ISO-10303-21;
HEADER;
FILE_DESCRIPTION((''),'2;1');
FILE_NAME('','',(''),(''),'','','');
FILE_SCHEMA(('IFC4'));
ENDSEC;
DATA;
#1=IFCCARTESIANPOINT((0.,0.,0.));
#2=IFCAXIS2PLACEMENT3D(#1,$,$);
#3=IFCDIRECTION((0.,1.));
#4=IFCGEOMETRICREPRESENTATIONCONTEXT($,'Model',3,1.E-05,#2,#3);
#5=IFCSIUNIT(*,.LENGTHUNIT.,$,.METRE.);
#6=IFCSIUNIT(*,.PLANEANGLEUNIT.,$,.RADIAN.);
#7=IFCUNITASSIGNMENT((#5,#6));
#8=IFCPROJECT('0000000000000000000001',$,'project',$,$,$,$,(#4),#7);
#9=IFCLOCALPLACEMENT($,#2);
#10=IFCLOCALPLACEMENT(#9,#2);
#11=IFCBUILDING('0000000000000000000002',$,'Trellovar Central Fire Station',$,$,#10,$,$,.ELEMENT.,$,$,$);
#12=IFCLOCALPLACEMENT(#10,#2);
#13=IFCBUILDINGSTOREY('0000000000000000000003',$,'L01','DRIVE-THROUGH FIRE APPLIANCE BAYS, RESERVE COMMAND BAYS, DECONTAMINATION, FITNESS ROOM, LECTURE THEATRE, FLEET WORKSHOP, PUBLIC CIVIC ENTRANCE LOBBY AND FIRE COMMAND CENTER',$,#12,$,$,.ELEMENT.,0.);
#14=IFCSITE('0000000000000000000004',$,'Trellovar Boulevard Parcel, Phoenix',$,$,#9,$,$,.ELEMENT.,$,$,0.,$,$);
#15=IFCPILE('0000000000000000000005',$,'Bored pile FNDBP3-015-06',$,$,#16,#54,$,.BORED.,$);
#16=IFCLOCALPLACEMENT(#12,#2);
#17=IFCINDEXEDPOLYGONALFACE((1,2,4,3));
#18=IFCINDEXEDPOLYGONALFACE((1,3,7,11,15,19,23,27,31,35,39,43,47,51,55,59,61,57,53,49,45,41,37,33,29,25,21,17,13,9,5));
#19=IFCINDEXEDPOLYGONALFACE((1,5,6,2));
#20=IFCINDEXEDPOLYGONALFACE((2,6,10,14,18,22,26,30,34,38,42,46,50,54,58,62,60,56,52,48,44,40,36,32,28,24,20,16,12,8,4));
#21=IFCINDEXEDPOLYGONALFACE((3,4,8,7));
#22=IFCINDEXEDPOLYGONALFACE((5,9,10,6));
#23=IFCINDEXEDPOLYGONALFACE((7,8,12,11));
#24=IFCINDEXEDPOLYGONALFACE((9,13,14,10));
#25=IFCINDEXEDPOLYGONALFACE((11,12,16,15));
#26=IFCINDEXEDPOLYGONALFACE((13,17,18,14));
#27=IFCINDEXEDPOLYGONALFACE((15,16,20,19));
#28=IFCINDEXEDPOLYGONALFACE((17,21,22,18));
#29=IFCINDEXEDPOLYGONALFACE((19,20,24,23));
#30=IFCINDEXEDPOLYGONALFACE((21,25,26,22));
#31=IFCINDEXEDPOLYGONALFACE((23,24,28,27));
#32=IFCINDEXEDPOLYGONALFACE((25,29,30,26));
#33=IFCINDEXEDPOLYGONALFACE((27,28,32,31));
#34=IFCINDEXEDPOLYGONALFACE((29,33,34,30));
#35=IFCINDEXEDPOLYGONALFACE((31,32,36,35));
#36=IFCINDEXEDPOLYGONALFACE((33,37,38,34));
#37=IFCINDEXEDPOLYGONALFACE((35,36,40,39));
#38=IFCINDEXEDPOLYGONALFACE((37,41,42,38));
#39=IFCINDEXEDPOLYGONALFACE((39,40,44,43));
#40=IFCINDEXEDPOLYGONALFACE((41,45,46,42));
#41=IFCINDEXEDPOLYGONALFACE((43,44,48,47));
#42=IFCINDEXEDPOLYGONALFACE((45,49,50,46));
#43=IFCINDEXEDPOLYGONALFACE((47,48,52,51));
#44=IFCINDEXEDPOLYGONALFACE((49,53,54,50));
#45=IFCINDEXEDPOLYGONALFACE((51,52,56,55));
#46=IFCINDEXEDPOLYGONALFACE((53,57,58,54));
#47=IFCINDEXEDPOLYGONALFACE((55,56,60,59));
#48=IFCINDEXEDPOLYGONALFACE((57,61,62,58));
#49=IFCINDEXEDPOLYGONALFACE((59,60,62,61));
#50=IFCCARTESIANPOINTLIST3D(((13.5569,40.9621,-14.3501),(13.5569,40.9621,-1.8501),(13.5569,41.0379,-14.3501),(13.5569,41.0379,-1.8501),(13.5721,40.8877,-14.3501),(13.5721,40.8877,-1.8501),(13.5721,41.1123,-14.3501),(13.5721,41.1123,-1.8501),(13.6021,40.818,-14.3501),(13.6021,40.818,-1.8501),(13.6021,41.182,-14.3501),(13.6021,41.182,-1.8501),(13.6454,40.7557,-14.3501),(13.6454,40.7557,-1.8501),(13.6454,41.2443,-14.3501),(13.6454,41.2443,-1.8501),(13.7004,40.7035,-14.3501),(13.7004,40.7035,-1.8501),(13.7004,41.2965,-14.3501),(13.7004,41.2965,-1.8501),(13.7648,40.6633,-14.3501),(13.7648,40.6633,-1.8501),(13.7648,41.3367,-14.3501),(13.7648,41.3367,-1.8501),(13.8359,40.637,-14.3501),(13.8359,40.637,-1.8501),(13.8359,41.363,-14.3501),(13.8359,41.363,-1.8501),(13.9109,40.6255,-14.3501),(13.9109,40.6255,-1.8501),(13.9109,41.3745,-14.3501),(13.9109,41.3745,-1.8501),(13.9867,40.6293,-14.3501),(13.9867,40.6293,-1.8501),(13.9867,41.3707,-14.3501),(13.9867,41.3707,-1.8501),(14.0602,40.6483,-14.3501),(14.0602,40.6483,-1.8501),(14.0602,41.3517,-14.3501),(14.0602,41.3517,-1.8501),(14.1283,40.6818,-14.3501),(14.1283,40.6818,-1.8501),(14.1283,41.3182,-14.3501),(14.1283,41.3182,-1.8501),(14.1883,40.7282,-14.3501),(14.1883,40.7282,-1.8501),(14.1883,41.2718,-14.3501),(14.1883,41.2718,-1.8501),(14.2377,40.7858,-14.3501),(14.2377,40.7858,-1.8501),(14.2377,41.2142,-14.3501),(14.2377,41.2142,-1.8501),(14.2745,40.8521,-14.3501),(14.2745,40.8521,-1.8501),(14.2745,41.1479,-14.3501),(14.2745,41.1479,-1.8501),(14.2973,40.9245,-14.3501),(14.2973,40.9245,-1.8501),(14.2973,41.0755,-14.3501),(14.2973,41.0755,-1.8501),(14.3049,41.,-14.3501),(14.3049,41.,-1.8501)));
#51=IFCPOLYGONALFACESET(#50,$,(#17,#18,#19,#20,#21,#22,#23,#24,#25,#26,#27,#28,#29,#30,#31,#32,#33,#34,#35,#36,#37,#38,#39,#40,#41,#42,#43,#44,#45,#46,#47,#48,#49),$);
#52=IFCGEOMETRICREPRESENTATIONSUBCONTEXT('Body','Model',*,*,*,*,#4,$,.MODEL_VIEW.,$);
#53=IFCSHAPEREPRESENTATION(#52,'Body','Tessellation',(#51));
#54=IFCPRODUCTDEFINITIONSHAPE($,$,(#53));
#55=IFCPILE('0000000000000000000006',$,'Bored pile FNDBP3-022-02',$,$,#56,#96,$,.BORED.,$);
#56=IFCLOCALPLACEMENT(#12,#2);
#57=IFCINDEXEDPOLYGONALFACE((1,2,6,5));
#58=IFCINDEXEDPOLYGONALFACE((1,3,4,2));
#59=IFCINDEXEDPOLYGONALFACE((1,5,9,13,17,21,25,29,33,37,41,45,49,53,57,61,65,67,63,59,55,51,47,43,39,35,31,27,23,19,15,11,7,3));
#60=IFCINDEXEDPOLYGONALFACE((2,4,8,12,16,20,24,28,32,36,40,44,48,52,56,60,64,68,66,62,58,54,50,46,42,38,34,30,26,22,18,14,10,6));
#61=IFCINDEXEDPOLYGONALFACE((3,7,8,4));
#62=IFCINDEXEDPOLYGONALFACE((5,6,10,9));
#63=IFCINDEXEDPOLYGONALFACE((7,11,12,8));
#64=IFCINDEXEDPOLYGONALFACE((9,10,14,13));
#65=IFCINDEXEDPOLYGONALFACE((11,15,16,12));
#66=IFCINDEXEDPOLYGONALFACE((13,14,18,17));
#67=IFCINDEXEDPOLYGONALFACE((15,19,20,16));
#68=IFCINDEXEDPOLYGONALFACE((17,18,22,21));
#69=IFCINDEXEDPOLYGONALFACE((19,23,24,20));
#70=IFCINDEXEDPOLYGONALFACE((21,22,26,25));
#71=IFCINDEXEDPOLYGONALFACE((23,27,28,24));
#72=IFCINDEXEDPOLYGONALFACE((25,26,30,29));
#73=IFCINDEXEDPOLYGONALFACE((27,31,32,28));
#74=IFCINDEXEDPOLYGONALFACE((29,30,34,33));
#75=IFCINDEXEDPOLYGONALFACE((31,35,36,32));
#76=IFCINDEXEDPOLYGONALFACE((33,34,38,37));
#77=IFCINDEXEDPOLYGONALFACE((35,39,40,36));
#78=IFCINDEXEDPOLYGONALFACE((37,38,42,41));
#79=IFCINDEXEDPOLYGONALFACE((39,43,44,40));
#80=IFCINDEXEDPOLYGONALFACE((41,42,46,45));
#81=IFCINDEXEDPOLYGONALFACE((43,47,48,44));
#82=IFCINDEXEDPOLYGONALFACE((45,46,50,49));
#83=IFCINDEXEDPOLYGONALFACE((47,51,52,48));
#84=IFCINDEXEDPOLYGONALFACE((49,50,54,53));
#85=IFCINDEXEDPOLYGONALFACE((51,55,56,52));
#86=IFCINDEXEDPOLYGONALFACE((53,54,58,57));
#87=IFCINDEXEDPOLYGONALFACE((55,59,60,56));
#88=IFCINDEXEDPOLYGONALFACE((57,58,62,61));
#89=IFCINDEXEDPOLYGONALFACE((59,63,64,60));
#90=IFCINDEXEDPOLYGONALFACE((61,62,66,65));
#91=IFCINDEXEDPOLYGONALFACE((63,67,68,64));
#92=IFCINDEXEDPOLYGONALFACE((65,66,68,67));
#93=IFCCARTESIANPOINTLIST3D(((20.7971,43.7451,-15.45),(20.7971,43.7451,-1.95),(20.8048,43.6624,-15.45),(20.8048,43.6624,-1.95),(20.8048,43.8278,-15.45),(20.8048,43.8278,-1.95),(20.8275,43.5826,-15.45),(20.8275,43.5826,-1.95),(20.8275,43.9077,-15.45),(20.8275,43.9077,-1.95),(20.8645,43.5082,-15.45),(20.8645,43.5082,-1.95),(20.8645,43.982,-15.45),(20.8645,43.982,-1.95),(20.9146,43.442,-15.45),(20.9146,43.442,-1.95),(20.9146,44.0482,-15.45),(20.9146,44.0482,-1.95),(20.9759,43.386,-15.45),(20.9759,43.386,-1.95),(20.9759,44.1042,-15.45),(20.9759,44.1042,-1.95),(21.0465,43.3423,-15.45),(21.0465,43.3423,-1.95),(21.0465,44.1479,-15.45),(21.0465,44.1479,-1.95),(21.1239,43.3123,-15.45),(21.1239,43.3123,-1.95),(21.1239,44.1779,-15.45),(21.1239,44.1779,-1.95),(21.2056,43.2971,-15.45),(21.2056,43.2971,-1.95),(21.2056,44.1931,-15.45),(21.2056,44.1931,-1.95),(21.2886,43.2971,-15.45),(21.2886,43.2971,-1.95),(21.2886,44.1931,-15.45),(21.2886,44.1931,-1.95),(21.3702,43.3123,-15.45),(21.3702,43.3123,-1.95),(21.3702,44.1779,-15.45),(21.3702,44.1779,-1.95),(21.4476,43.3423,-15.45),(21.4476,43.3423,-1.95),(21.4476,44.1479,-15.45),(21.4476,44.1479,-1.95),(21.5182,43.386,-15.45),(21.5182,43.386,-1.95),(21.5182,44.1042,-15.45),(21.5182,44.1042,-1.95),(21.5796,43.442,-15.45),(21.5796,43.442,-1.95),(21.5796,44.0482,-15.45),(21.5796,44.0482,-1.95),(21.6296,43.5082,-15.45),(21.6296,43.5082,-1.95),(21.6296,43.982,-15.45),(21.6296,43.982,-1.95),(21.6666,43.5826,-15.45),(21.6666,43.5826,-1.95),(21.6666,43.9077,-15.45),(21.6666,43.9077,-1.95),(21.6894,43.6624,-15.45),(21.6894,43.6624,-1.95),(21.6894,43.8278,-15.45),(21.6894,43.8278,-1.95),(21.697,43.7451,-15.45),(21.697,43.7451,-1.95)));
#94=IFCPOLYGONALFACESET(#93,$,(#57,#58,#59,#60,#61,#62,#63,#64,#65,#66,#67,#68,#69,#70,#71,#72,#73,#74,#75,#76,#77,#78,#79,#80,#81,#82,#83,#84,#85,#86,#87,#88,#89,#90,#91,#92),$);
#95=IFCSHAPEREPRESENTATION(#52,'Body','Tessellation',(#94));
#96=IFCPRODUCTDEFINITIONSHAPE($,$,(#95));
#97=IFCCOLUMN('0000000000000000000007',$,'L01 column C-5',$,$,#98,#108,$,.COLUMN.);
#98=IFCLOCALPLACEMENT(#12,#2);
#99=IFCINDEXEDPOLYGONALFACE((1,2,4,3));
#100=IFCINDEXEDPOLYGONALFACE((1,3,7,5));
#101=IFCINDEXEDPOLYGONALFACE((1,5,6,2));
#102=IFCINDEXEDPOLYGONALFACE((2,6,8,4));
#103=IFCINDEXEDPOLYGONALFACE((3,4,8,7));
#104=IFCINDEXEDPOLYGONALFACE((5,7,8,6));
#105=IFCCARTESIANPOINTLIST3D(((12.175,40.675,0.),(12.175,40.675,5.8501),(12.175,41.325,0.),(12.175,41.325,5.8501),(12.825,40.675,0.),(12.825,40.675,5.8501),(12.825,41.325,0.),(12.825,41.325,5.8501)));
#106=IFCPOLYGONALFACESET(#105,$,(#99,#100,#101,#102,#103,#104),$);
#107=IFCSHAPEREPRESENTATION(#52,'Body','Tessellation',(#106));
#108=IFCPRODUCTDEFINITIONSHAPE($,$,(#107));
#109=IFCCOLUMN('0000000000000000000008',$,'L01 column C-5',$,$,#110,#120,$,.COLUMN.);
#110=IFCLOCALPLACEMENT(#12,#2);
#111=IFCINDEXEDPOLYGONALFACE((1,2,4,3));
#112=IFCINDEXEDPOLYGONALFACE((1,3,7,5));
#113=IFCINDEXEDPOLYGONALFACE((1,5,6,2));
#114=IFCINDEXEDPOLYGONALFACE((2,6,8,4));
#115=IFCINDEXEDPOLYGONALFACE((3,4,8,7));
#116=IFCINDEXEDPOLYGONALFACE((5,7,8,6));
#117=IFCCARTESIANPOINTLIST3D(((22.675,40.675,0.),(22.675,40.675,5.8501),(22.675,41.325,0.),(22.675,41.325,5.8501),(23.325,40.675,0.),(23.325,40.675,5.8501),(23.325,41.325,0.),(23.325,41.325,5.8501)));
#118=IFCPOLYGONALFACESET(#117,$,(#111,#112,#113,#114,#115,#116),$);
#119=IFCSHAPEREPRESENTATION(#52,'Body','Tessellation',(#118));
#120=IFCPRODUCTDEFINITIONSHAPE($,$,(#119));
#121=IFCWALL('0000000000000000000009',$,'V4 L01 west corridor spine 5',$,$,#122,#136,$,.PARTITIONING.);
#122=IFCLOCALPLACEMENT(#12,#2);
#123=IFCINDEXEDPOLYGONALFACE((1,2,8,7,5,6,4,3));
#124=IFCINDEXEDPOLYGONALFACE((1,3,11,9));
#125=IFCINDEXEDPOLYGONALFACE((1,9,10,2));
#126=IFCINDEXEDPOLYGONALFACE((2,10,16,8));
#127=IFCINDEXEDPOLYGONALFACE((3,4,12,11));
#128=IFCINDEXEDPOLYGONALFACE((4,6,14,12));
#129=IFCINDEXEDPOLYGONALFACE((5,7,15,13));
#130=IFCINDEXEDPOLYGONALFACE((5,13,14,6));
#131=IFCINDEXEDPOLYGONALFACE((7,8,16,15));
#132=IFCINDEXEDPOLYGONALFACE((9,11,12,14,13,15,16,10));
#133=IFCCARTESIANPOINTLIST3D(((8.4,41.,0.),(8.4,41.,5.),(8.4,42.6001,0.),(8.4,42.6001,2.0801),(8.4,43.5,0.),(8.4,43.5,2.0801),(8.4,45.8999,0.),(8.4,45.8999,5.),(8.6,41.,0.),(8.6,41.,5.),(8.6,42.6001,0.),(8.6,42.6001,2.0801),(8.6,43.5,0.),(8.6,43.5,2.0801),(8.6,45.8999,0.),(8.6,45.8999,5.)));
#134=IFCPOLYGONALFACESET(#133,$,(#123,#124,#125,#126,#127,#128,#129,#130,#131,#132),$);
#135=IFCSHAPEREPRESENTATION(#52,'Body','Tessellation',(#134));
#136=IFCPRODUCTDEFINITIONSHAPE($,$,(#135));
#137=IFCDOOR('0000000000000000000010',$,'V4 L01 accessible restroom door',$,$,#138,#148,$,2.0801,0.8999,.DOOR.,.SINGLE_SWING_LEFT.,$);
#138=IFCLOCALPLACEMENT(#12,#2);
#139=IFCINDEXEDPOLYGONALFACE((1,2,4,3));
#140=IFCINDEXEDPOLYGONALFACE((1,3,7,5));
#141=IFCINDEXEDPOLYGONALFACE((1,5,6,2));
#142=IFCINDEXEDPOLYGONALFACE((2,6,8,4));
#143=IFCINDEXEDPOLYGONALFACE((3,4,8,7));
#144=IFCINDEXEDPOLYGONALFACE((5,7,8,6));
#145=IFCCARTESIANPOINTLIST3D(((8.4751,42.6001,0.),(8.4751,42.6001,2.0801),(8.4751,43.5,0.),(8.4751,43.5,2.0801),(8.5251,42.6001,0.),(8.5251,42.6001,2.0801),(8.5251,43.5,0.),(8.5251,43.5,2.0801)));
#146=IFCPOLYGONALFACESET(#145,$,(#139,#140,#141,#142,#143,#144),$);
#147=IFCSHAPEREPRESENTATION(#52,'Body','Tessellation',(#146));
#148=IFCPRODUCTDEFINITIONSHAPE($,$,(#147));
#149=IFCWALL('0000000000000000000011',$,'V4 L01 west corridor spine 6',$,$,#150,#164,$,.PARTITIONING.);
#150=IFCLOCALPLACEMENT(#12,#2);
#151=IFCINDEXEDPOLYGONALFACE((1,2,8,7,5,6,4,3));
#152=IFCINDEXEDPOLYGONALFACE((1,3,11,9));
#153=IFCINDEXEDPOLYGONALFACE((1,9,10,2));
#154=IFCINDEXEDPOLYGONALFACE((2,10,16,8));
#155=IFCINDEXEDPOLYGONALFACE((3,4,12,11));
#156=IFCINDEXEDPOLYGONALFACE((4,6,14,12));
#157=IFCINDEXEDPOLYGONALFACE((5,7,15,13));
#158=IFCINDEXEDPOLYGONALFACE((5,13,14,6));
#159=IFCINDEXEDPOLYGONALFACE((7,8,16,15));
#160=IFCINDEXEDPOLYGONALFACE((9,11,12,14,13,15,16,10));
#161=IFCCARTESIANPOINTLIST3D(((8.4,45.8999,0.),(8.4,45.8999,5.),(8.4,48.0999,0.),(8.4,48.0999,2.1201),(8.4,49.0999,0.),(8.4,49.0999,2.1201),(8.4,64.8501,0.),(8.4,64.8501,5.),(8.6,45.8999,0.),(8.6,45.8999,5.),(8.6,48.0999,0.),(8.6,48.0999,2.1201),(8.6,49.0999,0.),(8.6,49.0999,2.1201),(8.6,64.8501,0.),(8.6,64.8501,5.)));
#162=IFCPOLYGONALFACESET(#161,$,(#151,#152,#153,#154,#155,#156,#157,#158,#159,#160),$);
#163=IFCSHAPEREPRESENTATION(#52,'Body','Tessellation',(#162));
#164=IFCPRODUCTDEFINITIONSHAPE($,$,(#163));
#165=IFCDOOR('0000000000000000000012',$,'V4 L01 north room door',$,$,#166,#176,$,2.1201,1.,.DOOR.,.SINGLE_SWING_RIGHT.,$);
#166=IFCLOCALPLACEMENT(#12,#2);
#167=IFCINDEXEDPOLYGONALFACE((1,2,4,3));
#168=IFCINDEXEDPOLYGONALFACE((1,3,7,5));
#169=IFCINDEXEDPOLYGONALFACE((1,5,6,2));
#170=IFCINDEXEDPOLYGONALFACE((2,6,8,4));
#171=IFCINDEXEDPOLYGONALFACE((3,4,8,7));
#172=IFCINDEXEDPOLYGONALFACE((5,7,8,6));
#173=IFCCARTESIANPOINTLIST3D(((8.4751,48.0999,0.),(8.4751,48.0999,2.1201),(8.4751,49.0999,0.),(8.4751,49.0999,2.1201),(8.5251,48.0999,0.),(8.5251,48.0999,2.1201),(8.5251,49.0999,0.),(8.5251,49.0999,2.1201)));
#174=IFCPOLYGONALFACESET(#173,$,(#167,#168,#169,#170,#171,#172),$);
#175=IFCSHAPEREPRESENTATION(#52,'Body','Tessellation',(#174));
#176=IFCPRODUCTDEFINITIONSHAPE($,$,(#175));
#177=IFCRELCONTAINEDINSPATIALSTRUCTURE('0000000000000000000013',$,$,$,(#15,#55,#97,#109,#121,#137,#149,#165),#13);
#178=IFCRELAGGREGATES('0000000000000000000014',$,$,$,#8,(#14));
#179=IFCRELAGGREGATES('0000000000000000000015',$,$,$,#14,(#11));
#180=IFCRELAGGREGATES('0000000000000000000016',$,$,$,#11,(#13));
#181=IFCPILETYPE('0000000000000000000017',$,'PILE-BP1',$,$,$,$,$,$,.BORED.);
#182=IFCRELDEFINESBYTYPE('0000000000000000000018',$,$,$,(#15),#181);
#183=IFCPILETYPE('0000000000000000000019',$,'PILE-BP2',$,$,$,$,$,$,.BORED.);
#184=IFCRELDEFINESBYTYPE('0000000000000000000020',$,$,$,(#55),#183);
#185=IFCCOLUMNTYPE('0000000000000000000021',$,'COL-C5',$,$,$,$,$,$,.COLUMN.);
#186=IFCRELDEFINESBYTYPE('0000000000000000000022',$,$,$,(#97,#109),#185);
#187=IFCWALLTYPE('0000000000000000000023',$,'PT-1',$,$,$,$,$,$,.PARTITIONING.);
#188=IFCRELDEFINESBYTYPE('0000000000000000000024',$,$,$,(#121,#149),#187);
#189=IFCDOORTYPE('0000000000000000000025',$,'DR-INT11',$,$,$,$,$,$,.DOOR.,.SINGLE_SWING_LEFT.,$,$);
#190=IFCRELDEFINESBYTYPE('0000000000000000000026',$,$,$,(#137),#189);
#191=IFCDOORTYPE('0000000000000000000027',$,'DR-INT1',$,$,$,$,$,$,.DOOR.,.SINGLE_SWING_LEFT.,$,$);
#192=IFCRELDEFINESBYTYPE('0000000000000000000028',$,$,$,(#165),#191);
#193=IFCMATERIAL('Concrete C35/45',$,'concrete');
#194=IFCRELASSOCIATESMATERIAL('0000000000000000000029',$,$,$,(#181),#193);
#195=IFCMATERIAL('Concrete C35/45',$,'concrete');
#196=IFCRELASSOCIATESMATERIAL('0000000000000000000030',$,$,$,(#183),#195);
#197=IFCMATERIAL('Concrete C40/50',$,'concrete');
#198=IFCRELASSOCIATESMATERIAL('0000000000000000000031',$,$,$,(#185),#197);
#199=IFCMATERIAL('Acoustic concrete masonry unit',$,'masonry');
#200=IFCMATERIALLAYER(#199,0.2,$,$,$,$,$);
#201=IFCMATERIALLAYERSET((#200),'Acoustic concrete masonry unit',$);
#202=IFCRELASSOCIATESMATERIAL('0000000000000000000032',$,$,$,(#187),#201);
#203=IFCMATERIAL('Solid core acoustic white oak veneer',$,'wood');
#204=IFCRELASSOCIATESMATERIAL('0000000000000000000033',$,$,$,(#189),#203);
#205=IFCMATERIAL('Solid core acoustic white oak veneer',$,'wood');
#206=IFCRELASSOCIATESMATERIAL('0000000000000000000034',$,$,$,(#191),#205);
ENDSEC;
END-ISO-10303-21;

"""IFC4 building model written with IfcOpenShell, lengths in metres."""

from ifc_helpers import new_model, si_unit, direction, frame, frame_2d, origin, origin_2d, place, context, subcontext, project, spatial, rectangle, circle, extrude, material, layer, layer_set, material_profile, profile_set, type_object, element, fill, save


model = new_model("IFC4")

# Units and contexts
model_context = context("Model", 3, precision=1e-05, world=origin(), true_north=direction((0.0, 1.0)))
body_context = subcontext(model_context, "Body", "Model", "MODEL_VIEW")
ifc_project = project(units=[si_unit("LENGTHUNIT", "METRE"), si_unit("PLANEANGLEUNIT", "RADIAN")], contexts=[model_context])

# Site, building, storey
site_placement = place(None, origin())
site = spatial("IfcSite", under=ifc_project, at=site_placement, Name="Trellovar Boulevard Parcel, Phoenix", CompositionType="ELEMENT", RefElevation=0.0)
building_placement = place(site_placement, origin())
building = spatial("IfcBuilding", under=site, at=building_placement, Name="Trellovar Central Fire Station", CompositionType="ELEMENT")
storey_placement = place(building_placement, origin())
storey = spatial("IfcBuildingStorey", under=building, at=storey_placement, Name="L01", Description="DRIVE-THROUGH FIRE APPLIANCE BAYS, RESERVE COMMAND BAYS, DECONTAMINATION, FITNESS ROOM, LECTURE THEATRE, FLEET WORKSHOP, PUBLIC CIVIC ENTRANCE LOBBY AND FIRE COMMAND CENTER", CompositionType="ELEMENT", Elevation=0.0)

# Piles
ifc_material_1 = material(Name="Concrete C35/45", Category="concrete")
ifc_material_profile_1 = material_profile(ifc_material_1, circle(Radius=0.375, at=origin_2d()), Name="PILE750")
ifc_profile_set_1 = profile_set([ifc_material_profile_1], Name="Concrete C35/45")
pile_type_1 = type_object("IfcPileType", Name="PILE-BP1", PredefinedType="BORED", material=ifc_profile_set_1)
for number, where, z_axis, x_axis, name in (
    (1, (13.9299, 41.0, -1.8501), (0.0, 0.0, -1.0), (1.0, 0.0, 0.0), "Bored pile FNDBP3-015-06"),
):
    element("IfcPile", number, at=place(storey_placement, frame(where, z_axis=z_axis, x_axis=x_axis)), inside=storey, type_object=pile_type_1, Name=name, PredefinedType="BORED", context=body_context, shape_type="SweptSolid", body=[
        extrude(circle(Radius=0.375, at=origin_2d()), origin(), (0.0, 0.0, 1.0), 12.5),
    ])
ifc_material_2 = material(Name="Concrete C35/45", Category="concrete")
ifc_material_profile_2 = material_profile(ifc_material_2, circle(Radius=0.45, at=origin_2d()), Name="PILE900")
ifc_profile_set_2 = profile_set([ifc_material_profile_2], Name="Concrete C35/45")
pile_type_2 = type_object("IfcPileType", Name="PILE-BP2", PredefinedType="BORED", material=ifc_profile_set_2)
pile_placement = place(storey_placement, frame((21.2471, 43.7451, -1.95), z_axis=(0.0, 0.0, -1.0), x_axis=(1.0, 0.0, 0.0)))
element("IfcPile", 2, at=pile_placement, inside=storey, type_object=pile_type_2, Name="Bored pile FNDBP3-022-02", PredefinedType="BORED", context=body_context, shape_type="SweptSolid", body=[
    extrude(circle(Radius=0.45, at=origin_2d()), origin(), (0.0, 0.0, 1.0), 13.5),
])

# Columns
ifc_material_3 = material(Name="Concrete C40/50", Category="concrete")
ifc_material_profile_3 = material_profile(ifc_material_3, rectangle(XDim=0.6499, YDim=0.6499, at=origin_2d()), Name="RC650X650")
ifc_profile_set_3 = profile_set([ifc_material_profile_3], Name="Concrete C40/50")
column_type = type_object("IfcColumnType", Name="COL-C5", PredefinedType="COLUMN", material=ifc_profile_set_3)
for number, where, z_axis, x_axis, name in (
    (3, (12.5, 41.0, 0.0), (0.0, 0.0, 1.0), (1.0, 0.0, 0.0), "L01 column C-5"),
    (4, (23.0, 41.0, 0.0), (0.0, 0.0, 1.0), (1.0, 0.0, 0.0), "L01 column C-5"),
):
    element("IfcColumn", number, at=place(storey_placement, frame(where, z_axis=z_axis, x_axis=x_axis)), inside=storey, type_object=column_type, Name=name, PredefinedType="COLUMN", context=body_context, shape_type="SweptSolid", body=[
        extrude(rectangle(XDim=0.6499, YDim=0.6499, at=origin_2d()), origin(), (0.0, 0.0, 1.0), 5.8501),
    ])

# Walls, openings, doors
ifc_material_4 = material(Name="Acoustic concrete masonry unit", Category="masonry")
ifc_layer_1 = layer(ifc_material_4, 0.2)
ifc_layer_set_1 = layer_set([ifc_layer_1], Name="Acoustic concrete masonry unit")
wall_type_1 = type_object("IfcWallType", Name="PT-1", PredefinedType="PARTITIONING", material=ifc_layer_set_1)
wall_1_placement = place(storey_placement, frame((8.5, 41.0, 0.0), z_axis=(0.0, 0.0, 1.0), x_axis=(0.0, 1.0, 0.0)))
wall_1 = element("IfcWall", 5, at=wall_1_placement, inside=storey, type_object=wall_type_1, Name="V4 L01 west corridor spine 5", PredefinedType="PARTITIONING", context=body_context, shape_type="SweptSolid", body=[
    extrude(rectangle(XDim=4.8999, YDim=0.2, at=frame_2d((2.45, 0.0))), origin(), (0.0, 0.0, 1.0), 5.0),
])
opening_1_placement = place(wall_1_placement, frame((1.6001, 0.0, 0.0)))
opening_1 = element("IfcOpeningElement", 6, at=opening_1_placement, cuts=wall_1, PredefinedType="OPENING", context=body_context, shape_type="SweptSolid", body=[
    extrude(rectangle(XDim=0.8999, YDim=2.0801, at=frame_2d((0.45, 1.04))), frame((0.0, 0.1099, 0.0), z_axis=(0.0, -1.0, 0.0), x_axis=(1.0, 0.0, 0.0)), (0.0, 0.0, 1.0), 0.22),
])
ifc_material_5 = material(Name="Solid core acoustic white oak veneer", Category="wood")
door_type_1 = type_object("IfcDoorType", Name="DR-INT11", OperationType="SINGLE_SWING_LEFT", PredefinedType="DOOR", material=ifc_material_5)
door_1_placement = place(opening_1_placement, origin())
door_1 = element("IfcDoor", 7, at=door_1_placement, inside=storey, type_object=door_type_1, Name="V4 L01 accessible restroom door", OperationType="SINGLE_SWING_LEFT", OverallHeight=2.0801, OverallWidth=0.8999, PredefinedType="DOOR", context=body_context, shape_type="SweptSolid", body=[
    extrude(rectangle(XDim=0.8999, YDim=2.0801, at=frame_2d((0.45, 1.04))), frame((0.0, 0.0249, 0.0), z_axis=(0.0, -1.0, 0.0), x_axis=(1.0, 0.0, 0.0)), (0.0, 0.0, 1.0), 0.05),
])
fill(opening_1, door_1)
wall_2_placement = place(storey_placement, frame((8.5, 45.8999, 0.0), z_axis=(0.0, 0.0, 1.0), x_axis=(0.0, 1.0, 0.0)))
wall_2 = element("IfcWall", 8, at=wall_2_placement, inside=storey, type_object=wall_type_1, Name="V4 L01 west corridor spine 6", PredefinedType="PARTITIONING", context=body_context, shape_type="SweptSolid", body=[
    extrude(rectangle(XDim=18.9502, YDim=0.2, at=frame_2d((9.4751, 0.0))), origin(), (0.0, 0.0, 1.0), 5.0),
])
opening_2_placement = place(wall_2_placement, frame((2.2, 0.0, 0.0)))
opening_2 = element("IfcOpeningElement", 9, at=opening_2_placement, cuts=wall_2, PredefinedType="OPENING", context=body_context, shape_type="SweptSolid", body=[
    extrude(rectangle(XDim=1.0, YDim=2.1201, at=frame_2d((0.5, 1.0601))), frame((0.0, 0.1099, 0.0), z_axis=(0.0, -1.0, 0.0), x_axis=(1.0, 0.0, 0.0)), (0.0, 0.0, 1.0), 0.22),
])
ifc_material_6 = material(Name="Solid core acoustic white oak veneer", Category="wood")
door_type_2 = type_object("IfcDoorType", Name="DR-INT1", OperationType="SINGLE_SWING_LEFT", PredefinedType="DOOR", material=ifc_material_6)
door_2_placement = place(opening_2_placement, origin())
door_2 = element("IfcDoor", 10, at=door_2_placement, inside=storey, type_object=door_type_2, Name="V4 L01 north room door", OperationType="SINGLE_SWING_RIGHT", OverallHeight=2.1201, OverallWidth=1.0, PredefinedType="DOOR", context=body_context, shape_type="SweptSolid", body=[
    extrude(rectangle(XDim=1.0, YDim=2.1201, at=frame_2d((0.5, 1.0601))), frame((0.0, 0.0249, 0.0), z_axis=(0.0, -1.0, 0.0), x_axis=(1.0, 0.0, 0.0)), (0.0, 0.0, 1.0), 0.05),
])
fill(opening_2, door_2)

save(model, "model.ifc")
